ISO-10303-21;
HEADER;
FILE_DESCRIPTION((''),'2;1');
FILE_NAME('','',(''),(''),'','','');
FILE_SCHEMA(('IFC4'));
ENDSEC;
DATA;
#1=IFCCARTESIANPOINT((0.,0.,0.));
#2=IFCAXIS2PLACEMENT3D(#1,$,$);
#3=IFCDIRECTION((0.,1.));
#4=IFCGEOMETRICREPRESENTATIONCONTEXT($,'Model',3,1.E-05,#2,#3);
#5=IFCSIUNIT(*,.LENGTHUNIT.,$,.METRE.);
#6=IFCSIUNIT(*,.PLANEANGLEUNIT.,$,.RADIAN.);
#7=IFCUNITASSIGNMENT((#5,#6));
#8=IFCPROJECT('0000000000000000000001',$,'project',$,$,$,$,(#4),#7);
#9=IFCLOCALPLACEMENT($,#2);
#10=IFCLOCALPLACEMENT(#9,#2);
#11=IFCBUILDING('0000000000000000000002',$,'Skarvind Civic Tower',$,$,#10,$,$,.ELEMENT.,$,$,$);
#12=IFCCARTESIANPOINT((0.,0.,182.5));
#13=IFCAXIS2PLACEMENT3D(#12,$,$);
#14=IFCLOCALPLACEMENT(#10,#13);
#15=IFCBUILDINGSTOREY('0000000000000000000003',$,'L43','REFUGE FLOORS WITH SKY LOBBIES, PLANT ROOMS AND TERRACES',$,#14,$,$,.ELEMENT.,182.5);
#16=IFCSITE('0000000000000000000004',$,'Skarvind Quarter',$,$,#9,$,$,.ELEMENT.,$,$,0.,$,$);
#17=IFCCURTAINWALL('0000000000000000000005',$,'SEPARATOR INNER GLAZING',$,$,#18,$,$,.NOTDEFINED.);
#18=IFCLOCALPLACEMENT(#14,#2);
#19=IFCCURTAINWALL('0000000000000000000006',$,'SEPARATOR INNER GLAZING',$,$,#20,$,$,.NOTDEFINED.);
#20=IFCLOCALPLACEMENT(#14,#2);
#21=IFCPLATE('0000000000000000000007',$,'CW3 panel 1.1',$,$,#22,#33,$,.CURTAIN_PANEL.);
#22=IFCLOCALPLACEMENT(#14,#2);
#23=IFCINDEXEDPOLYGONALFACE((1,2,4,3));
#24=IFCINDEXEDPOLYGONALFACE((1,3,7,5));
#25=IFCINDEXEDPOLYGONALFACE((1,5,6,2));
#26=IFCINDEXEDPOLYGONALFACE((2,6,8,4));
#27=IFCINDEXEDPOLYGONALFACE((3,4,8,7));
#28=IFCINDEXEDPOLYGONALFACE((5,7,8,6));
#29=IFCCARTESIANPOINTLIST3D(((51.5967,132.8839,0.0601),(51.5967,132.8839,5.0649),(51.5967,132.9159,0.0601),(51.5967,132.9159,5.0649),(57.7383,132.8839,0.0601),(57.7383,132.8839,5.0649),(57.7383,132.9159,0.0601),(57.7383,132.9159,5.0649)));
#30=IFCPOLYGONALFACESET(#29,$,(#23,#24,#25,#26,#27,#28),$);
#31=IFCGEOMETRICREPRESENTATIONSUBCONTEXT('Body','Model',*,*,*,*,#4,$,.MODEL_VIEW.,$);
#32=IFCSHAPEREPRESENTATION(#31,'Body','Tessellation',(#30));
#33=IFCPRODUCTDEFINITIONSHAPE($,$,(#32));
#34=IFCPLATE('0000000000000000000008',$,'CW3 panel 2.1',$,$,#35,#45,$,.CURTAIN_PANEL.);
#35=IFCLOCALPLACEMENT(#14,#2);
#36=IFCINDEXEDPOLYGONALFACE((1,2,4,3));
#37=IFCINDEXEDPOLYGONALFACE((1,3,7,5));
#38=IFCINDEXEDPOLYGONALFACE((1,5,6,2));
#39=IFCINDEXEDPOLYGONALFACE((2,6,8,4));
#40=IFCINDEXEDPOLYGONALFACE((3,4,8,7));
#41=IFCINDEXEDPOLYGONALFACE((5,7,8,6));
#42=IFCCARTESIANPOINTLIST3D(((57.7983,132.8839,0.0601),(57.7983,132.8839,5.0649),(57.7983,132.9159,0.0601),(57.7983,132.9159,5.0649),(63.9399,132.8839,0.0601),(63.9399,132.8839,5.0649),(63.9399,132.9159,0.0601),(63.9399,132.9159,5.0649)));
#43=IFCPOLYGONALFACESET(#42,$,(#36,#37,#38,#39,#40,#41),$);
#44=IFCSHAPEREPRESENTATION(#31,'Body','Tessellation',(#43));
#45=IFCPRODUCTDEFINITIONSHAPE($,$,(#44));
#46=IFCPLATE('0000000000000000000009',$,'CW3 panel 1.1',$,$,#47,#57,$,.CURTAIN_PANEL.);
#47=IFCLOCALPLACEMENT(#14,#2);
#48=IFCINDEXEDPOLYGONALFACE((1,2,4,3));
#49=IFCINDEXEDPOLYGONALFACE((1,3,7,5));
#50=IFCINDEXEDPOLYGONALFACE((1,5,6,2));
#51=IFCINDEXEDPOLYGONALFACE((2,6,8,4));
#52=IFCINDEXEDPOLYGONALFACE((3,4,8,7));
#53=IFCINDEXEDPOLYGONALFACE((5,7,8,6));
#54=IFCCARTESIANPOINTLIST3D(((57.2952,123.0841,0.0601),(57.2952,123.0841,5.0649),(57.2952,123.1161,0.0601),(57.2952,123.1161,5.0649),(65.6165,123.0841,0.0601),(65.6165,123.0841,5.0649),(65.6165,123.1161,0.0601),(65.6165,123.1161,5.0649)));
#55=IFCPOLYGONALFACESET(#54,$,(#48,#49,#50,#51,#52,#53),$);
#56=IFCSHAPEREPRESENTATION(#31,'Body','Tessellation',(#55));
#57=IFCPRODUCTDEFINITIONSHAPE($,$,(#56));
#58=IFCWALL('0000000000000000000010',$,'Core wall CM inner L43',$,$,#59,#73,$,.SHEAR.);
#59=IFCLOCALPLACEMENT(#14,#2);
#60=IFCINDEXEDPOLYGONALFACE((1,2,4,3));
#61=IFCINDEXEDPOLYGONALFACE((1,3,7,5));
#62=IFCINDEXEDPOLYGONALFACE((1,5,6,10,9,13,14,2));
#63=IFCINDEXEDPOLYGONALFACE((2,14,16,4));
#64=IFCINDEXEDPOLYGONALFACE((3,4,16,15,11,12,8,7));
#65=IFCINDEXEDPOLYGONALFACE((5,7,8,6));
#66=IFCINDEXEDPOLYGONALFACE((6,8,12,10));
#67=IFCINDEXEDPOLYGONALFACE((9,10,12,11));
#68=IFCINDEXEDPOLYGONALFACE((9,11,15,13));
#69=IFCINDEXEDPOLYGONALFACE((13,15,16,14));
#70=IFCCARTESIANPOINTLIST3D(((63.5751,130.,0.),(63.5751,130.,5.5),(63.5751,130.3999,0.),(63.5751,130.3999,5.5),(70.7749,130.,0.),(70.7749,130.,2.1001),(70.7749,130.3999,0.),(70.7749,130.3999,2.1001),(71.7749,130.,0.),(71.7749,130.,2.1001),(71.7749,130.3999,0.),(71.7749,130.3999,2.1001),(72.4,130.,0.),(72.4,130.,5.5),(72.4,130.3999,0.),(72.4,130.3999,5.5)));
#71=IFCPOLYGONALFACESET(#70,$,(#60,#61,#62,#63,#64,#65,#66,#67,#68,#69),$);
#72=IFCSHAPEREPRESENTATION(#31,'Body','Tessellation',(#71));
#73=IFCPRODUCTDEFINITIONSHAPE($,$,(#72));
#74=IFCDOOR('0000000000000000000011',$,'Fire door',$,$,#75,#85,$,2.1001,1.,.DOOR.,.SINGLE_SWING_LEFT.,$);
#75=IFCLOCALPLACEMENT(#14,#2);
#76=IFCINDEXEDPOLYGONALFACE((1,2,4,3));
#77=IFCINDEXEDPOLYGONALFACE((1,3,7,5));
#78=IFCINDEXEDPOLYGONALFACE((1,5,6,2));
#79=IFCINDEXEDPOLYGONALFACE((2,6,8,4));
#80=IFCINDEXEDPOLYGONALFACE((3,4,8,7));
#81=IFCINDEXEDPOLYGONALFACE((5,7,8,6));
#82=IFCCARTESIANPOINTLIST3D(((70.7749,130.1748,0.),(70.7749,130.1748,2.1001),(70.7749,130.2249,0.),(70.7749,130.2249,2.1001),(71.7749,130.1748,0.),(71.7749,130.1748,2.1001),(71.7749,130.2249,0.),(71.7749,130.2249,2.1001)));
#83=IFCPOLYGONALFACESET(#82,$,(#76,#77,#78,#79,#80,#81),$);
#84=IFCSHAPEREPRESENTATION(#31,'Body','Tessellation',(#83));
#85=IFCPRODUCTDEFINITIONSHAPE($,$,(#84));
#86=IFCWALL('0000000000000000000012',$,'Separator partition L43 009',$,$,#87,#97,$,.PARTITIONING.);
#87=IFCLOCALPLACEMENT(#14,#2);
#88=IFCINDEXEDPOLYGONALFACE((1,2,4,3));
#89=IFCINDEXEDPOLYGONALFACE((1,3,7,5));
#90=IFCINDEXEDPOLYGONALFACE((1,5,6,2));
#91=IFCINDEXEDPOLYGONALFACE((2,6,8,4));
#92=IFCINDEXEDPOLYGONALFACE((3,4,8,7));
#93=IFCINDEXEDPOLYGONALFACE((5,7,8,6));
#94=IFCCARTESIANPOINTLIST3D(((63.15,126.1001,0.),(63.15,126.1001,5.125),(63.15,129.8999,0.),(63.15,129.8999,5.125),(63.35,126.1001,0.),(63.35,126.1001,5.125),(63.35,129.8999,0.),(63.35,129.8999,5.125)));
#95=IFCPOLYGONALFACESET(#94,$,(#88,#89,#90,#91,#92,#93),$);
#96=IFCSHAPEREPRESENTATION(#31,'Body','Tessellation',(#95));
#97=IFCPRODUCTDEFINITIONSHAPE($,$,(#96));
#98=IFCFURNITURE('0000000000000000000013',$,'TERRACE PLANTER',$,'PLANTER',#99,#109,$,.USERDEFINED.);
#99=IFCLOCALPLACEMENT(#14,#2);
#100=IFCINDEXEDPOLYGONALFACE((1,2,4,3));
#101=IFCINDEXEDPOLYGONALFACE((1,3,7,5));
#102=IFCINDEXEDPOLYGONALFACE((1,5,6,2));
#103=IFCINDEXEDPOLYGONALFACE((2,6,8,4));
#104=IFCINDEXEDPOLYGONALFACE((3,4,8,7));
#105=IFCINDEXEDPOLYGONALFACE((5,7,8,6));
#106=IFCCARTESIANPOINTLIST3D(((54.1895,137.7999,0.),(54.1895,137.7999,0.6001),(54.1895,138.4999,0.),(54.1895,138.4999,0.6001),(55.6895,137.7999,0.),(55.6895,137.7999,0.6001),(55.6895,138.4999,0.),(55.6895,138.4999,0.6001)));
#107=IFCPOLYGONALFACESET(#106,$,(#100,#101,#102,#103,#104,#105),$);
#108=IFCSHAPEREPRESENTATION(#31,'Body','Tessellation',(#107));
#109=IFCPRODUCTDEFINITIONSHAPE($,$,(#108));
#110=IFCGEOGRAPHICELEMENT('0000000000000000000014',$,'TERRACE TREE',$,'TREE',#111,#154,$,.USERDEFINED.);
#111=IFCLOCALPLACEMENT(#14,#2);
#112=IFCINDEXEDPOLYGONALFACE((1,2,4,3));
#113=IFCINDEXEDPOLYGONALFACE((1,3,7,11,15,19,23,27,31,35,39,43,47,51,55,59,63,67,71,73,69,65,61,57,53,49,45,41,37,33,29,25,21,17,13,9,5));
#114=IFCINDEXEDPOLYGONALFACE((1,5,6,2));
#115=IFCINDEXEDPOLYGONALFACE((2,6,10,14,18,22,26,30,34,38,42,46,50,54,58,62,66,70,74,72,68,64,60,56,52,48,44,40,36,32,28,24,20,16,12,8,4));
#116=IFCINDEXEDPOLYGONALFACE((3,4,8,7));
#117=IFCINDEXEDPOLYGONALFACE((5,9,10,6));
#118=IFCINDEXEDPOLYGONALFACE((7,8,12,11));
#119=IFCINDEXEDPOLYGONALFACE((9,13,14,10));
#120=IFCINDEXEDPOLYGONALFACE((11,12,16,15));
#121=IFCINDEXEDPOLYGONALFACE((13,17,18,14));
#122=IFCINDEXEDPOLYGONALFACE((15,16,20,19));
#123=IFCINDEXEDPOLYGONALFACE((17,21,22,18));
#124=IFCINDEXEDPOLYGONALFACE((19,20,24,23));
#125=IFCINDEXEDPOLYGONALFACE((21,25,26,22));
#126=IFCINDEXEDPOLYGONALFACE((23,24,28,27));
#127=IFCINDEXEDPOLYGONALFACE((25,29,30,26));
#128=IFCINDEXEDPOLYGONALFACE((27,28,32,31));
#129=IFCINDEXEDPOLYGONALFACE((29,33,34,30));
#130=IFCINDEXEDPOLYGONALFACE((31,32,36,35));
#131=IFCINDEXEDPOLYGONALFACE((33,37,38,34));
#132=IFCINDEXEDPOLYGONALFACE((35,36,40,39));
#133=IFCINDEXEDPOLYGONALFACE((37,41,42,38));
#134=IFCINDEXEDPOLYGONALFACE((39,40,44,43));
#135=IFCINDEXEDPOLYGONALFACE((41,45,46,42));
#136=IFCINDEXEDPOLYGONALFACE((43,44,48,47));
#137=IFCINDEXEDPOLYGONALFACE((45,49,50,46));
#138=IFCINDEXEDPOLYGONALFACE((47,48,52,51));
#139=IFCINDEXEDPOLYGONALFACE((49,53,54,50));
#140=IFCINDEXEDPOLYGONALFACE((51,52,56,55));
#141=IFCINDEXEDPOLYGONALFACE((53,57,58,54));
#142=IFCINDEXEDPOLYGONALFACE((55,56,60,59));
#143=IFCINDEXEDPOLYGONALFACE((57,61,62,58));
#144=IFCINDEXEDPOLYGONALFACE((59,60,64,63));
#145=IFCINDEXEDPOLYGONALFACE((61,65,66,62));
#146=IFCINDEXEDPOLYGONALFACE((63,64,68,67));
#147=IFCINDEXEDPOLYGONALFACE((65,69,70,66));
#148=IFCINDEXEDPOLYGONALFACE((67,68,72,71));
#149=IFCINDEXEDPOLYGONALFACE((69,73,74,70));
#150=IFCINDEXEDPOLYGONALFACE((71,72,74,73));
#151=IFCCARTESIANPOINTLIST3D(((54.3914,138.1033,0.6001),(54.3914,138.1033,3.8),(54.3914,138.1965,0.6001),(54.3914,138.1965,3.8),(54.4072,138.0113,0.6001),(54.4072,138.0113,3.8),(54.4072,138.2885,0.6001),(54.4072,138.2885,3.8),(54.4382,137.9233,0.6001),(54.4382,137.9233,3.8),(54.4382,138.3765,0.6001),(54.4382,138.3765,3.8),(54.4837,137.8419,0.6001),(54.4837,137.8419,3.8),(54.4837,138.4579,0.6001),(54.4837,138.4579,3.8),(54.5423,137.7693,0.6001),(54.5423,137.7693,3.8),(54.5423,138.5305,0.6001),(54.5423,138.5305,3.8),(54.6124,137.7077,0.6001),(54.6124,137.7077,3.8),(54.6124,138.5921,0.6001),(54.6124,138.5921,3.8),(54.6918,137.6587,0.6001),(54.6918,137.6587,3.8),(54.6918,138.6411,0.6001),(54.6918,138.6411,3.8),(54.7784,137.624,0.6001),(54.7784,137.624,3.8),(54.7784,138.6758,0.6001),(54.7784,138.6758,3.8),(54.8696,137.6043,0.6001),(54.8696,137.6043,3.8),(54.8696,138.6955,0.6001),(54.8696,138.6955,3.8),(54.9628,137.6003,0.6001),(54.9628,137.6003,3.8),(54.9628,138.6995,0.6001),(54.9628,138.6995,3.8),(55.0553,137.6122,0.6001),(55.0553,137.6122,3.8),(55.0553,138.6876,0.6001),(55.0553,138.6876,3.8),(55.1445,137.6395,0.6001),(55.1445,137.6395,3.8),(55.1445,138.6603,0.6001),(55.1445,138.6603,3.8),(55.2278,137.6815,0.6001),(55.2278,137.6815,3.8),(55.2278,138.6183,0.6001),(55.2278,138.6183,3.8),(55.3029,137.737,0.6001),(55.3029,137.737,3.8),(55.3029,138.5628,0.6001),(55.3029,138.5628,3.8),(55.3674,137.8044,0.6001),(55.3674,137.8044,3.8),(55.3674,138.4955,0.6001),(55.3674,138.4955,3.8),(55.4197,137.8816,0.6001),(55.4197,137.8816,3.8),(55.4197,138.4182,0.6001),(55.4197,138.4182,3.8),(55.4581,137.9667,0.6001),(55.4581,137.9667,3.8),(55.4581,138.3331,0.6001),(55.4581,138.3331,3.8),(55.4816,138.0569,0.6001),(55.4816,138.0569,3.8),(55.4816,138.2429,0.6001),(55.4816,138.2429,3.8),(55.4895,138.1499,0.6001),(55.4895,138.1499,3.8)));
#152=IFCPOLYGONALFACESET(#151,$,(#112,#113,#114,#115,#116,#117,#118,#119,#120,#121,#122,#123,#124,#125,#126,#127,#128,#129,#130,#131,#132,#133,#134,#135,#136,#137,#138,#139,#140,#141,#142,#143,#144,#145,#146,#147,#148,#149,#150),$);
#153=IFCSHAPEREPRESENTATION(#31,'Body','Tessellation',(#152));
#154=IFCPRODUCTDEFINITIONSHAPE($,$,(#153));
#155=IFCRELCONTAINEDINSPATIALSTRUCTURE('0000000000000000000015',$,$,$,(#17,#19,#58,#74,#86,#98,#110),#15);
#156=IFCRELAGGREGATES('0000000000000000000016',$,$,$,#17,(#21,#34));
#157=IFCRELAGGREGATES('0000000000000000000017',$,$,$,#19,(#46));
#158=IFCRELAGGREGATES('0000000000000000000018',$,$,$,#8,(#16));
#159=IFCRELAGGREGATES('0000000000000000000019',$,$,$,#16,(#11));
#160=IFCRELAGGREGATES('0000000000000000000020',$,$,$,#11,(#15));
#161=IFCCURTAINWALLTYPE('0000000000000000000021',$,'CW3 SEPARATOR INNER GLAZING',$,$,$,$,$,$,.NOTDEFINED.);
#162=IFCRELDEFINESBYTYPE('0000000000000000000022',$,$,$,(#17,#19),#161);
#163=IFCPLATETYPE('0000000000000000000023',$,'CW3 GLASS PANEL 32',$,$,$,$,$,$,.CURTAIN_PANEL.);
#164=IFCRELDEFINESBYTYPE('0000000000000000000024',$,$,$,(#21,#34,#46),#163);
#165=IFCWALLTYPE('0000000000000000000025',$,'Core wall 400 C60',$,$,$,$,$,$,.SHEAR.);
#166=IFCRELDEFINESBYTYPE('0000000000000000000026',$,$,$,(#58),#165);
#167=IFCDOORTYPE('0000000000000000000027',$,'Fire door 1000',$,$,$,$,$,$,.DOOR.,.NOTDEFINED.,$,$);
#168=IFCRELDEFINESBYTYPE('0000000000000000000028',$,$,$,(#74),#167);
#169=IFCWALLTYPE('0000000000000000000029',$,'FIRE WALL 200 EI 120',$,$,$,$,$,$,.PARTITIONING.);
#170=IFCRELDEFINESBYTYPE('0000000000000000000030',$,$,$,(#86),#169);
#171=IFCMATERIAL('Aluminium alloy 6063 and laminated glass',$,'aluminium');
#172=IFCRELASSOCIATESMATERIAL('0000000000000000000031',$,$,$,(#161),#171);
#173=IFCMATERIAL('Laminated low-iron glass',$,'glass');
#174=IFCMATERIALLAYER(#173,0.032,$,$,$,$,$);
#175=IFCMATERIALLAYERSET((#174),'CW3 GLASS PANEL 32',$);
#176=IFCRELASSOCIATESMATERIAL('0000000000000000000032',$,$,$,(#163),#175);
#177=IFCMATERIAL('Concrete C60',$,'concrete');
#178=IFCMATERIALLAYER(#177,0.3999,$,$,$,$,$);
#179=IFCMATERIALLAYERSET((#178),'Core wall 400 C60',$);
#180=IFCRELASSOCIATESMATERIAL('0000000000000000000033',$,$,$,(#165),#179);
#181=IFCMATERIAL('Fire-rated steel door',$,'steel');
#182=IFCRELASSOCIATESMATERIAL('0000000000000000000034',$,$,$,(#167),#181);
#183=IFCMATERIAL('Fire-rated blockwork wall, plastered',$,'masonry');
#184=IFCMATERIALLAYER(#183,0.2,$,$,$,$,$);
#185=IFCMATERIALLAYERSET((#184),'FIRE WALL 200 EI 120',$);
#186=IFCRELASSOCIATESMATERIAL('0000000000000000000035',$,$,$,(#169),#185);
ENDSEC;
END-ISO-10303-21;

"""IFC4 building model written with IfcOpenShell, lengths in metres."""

from ifc_helpers import new_model, si_unit, direction, frame, frame_2d, origin, origin_2d, place, context, subcontext, project, spatial, rectangle, circle, extrude, material, layer, layer_set, type_object, element, fill, aggregate, save


model = new_model("IFC4")

# Units and contexts
model_context = context("Model", 3, precision=1e-05, world=origin(), true_north=direction((0.0, 1.0)))
body_context = subcontext(model_context, "Body", "Model", "MODEL_VIEW")
ifc_project = project(units=[si_unit("LENGTHUNIT", "METRE"), si_unit("PLANEANGLEUNIT", "RADIAN")], contexts=[model_context])

# Site, building, storey
site_placement = place(None, origin())
site = spatial("IfcSite", under=ifc_project, at=site_placement, Name="Skarvind Quarter", CompositionType="ELEMENT", RefElevation=0.0)
building_placement = place(site_placement, origin())
building = spatial("IfcBuilding", under=site, at=building_placement, Name="Skarvind Civic Tower", CompositionType="ELEMENT")
storey_placement = place(building_placement, frame((0.0, 0.0, 182.5)))
storey = spatial("IfcBuildingStorey", under=building, at=storey_placement, Name="L43", Description="REFUGE FLOORS WITH SKY LOBBIES, PLANT ROOMS AND TERRACES", CompositionType="ELEMENT", Elevation=182.5)

# Shared definitions
ifc_material_1 = material(Name="Concrete C60", Category="concrete")

# Curtain walls
ifc_material_2 = material(Name="Aluminium alloy 6063 and laminated glass", Category="aluminium")
curtain_wall_type = type_object("IfcCurtainWallType", Name="CW3 SEPARATOR INNER GLAZING", PredefinedType="NOTDEFINED", material=ifc_material_2)
curtain_wall_1_placement = place(storey_placement, origin())
curtain_wall_1 = element("IfcCurtainWall", 1, at=curtain_wall_1_placement, inside=storey, type_object=curtain_wall_type, Name="SEPARATOR INNER GLAZING", PredefinedType="NOTDEFINED")
curtain_wall_2_placement = place(storey_placement, origin())
curtain_wall_2 = element("IfcCurtainWall", 2, at=curtain_wall_2_placement, inside=storey, type_object=curtain_wall_type, Name="SEPARATOR INNER GLAZING", PredefinedType="NOTDEFINED")

# Plates
ifc_material_3 = material(Name="Laminated low-iron glass", Category="glass")
ifc_layer_1 = layer(ifc_material_3, 0.032)
ifc_layer_set_1 = layer_set([ifc_layer_1], Name="CW3 GLASS PANEL 32")
plate_type = type_object("IfcPlateType", Name="CW3 GLASS PANEL 32", PredefinedType="CURTAIN_PANEL", material=ifc_layer_set_1)
plate_1_placement = place(storey_placement, frame((54.6675, 132.8999, 0.0601), z_axis=(0.0, 0.0, 1.0), x_axis=(1.0, 0.0, 0.0)))
plate_1 = element("IfcPlate", 3, at=plate_1_placement, type_object=plate_type, Name="CW3 panel 1.1", PredefinedType="CURTAIN_PANEL", context=body_context, shape_type="SweptSolid", body=[
    extrude(rectangle(XDim=6.1416, YDim=0.032, at=origin_2d()), origin(), (0.0, 0.0, 1.0), 5.0049),
])
plate_2_placement = place(storey_placement, frame((60.8691, 132.8999, 0.0601), z_axis=(0.0, 0.0, 1.0), x_axis=(1.0, 0.0, 0.0)))
plate_2 = element("IfcPlate", 4, at=plate_2_placement, type_object=plate_type, Name="CW3 panel 2.1", PredefinedType="CURTAIN_PANEL", context=body_context, shape_type="SweptSolid", body=[
    extrude(rectangle(XDim=6.1416, YDim=0.032, at=origin_2d()), origin(), (0.0, 0.0, 1.0), 5.0049),
])
aggregate(curtain_wall_1, [plate_1, plate_2])
plate_3_placement = place(storey_placement, frame((61.4558, 123.1001, 0.0601), z_axis=(0.0, 0.0, 1.0), x_axis=(-1.0, 0.0, 0.0)))
plate_3 = element("IfcPlate", 5, at=plate_3_placement, type_object=plate_type, Name="CW3 panel 1.1", PredefinedType="CURTAIN_PANEL", context=body_context, shape_type="SweptSolid", body=[
    extrude(rectangle(XDim=8.3213, YDim=0.032, at=origin_2d()), origin(), (0.0, 0.0, 1.0), 5.0049),
])
aggregate(curtain_wall_2, [plate_3])

# Wall, opening, door
ifc_layer_2 = layer(ifc_material_1, 0.3999)
ifc_layer_set_2 = layer_set([ifc_layer_2], Name="Core wall 400 C60")
wall_type_1 = type_object("IfcWallType", Name="Core wall 400 C60", PredefinedType="SHEAR", material=ifc_layer_set_2)
wall_1_placement = place(storey_placement, frame((63.575, 130.2, 0.0), z_axis=(0.0, 0.0, 1.0), x_axis=(1.0, 0.0, 0.0)))
wall_1 = element("IfcWall", 6, at=wall_1_placement, inside=storey, type_object=wall_type_1, Name="Core wall CM inner L43", PredefinedType="SHEAR", context=body_context, shape_type="SweptSolid", body=[
    extrude(rectangle(XDim=8.825, YDim=0.3999, at=frame_2d((4.4126, 0.0))), origin(), (0.0, 0.0, 1.0), 5.5),
])
opening_placement = place(wall_1_placement, frame((7.2, 0.0, 0.0)))
opening = element("IfcOpeningElement", 7, at=opening_placement, cuts=wall_1, PredefinedType="OPENING", context=body_context, shape_type="SweptSolid", body=[
    extrude(rectangle(XDim=1.0, YDim=2.1001, at=frame_2d((0.5, 1.05))), frame((0.0, 0.21, 0.0), z_axis=(0.0, -1.0, 0.0), x_axis=(1.0, 0.0, 0.0)), (0.0, 0.0, 1.0), 0.4199),
])
ifc_material_4 = material(Name="Fire-rated steel door", Category="steel")
door_type = type_object("IfcDoorType", Name="Fire door 1000", OperationType="NOTDEFINED", PredefinedType="DOOR", material=ifc_material_4)
door_placement = place(opening_placement, origin())
door = element("IfcDoor", 8, at=door_placement, inside=storey, type_object=door_type, Name="Fire door", OperationType="SINGLE_SWING_LEFT", OverallHeight=2.1001, OverallWidth=1.0, PredefinedType="DOOR", context=body_context, shape_type="SweptSolid", body=[
    extrude(rectangle(XDim=1.0, YDim=2.1001, at=frame_2d((0.5, 1.05))), frame((0.0, 0.0249, 0.0), z_axis=(0.0, -1.0, 0.0), x_axis=(1.0, 0.0, 0.0)), (0.0, 0.0, 1.0), 0.05),
])
fill(opening, door)

# Wall
ifc_material_5 = material(Name="Fire-rated blockwork wall, plastered", Category="masonry")
ifc_layer_3 = layer(ifc_material_5, 0.2)
ifc_layer_set_3 = layer_set([ifc_layer_3], Name="FIRE WALL 200 EI 120")
wall_type_2 = type_object("IfcWallType", Name="FIRE WALL 200 EI 120", PredefinedType="PARTITIONING", material=ifc_layer_set_3)
wall_2_placement = place(storey_placement, frame((63.25, 126.1001, 0.0), z_axis=(0.0, 0.0, 1.0), x_axis=(0.0, 1.0, 0.0)))
element("IfcWall", 9, at=wall_2_placement, inside=storey, type_object=wall_type_2, Name="Separator partition L43 009", PredefinedType="PARTITIONING", context=body_context, shape_type="SweptSolid", body=[
    extrude(rectangle(XDim=3.7998, YDim=0.2, at=frame_2d((1.8999, 0.0))), origin(), (0.0, 0.0, 1.0), 5.125),
])

# Furniture
furniture_placement = place(storey_placement, frame((54.9395, 138.1499, 0.0), z_axis=(0.0, 0.0, 1.0), x_axis=(1.0, 0.0, 0.0)))
element("IfcFurniture", 10, at=furniture_placement, inside=storey, Name="TERRACE PLANTER", ObjectType="PLANTER", PredefinedType="USERDEFINED", context=body_context, shape_type="SweptSolid", body=[
    extrude(rectangle(XDim=1.5, YDim=0.7, at=origin_2d()), origin(), (0.0, 0.0, 1.0), 0.6001),
])

# Geographic element
geographic_element_placement = place(storey_placement, frame((54.9395, 138.1499, 0.6001), z_axis=(0.0, 0.0, 1.0), x_axis=(1.0, 0.0, 0.0)))
element("IfcGeographicElement", 11, at=geographic_element_placement, inside=storey, Name="TERRACE TREE", ObjectType="TREE", PredefinedType="USERDEFINED", context=body_context, shape_type="SweptSolid", body=[
    extrude(circle(Radius=0.55, at=origin_2d()), origin(), (0.0, 0.0, 1.0), 3.2),
])

save(model, "model.ifc")
